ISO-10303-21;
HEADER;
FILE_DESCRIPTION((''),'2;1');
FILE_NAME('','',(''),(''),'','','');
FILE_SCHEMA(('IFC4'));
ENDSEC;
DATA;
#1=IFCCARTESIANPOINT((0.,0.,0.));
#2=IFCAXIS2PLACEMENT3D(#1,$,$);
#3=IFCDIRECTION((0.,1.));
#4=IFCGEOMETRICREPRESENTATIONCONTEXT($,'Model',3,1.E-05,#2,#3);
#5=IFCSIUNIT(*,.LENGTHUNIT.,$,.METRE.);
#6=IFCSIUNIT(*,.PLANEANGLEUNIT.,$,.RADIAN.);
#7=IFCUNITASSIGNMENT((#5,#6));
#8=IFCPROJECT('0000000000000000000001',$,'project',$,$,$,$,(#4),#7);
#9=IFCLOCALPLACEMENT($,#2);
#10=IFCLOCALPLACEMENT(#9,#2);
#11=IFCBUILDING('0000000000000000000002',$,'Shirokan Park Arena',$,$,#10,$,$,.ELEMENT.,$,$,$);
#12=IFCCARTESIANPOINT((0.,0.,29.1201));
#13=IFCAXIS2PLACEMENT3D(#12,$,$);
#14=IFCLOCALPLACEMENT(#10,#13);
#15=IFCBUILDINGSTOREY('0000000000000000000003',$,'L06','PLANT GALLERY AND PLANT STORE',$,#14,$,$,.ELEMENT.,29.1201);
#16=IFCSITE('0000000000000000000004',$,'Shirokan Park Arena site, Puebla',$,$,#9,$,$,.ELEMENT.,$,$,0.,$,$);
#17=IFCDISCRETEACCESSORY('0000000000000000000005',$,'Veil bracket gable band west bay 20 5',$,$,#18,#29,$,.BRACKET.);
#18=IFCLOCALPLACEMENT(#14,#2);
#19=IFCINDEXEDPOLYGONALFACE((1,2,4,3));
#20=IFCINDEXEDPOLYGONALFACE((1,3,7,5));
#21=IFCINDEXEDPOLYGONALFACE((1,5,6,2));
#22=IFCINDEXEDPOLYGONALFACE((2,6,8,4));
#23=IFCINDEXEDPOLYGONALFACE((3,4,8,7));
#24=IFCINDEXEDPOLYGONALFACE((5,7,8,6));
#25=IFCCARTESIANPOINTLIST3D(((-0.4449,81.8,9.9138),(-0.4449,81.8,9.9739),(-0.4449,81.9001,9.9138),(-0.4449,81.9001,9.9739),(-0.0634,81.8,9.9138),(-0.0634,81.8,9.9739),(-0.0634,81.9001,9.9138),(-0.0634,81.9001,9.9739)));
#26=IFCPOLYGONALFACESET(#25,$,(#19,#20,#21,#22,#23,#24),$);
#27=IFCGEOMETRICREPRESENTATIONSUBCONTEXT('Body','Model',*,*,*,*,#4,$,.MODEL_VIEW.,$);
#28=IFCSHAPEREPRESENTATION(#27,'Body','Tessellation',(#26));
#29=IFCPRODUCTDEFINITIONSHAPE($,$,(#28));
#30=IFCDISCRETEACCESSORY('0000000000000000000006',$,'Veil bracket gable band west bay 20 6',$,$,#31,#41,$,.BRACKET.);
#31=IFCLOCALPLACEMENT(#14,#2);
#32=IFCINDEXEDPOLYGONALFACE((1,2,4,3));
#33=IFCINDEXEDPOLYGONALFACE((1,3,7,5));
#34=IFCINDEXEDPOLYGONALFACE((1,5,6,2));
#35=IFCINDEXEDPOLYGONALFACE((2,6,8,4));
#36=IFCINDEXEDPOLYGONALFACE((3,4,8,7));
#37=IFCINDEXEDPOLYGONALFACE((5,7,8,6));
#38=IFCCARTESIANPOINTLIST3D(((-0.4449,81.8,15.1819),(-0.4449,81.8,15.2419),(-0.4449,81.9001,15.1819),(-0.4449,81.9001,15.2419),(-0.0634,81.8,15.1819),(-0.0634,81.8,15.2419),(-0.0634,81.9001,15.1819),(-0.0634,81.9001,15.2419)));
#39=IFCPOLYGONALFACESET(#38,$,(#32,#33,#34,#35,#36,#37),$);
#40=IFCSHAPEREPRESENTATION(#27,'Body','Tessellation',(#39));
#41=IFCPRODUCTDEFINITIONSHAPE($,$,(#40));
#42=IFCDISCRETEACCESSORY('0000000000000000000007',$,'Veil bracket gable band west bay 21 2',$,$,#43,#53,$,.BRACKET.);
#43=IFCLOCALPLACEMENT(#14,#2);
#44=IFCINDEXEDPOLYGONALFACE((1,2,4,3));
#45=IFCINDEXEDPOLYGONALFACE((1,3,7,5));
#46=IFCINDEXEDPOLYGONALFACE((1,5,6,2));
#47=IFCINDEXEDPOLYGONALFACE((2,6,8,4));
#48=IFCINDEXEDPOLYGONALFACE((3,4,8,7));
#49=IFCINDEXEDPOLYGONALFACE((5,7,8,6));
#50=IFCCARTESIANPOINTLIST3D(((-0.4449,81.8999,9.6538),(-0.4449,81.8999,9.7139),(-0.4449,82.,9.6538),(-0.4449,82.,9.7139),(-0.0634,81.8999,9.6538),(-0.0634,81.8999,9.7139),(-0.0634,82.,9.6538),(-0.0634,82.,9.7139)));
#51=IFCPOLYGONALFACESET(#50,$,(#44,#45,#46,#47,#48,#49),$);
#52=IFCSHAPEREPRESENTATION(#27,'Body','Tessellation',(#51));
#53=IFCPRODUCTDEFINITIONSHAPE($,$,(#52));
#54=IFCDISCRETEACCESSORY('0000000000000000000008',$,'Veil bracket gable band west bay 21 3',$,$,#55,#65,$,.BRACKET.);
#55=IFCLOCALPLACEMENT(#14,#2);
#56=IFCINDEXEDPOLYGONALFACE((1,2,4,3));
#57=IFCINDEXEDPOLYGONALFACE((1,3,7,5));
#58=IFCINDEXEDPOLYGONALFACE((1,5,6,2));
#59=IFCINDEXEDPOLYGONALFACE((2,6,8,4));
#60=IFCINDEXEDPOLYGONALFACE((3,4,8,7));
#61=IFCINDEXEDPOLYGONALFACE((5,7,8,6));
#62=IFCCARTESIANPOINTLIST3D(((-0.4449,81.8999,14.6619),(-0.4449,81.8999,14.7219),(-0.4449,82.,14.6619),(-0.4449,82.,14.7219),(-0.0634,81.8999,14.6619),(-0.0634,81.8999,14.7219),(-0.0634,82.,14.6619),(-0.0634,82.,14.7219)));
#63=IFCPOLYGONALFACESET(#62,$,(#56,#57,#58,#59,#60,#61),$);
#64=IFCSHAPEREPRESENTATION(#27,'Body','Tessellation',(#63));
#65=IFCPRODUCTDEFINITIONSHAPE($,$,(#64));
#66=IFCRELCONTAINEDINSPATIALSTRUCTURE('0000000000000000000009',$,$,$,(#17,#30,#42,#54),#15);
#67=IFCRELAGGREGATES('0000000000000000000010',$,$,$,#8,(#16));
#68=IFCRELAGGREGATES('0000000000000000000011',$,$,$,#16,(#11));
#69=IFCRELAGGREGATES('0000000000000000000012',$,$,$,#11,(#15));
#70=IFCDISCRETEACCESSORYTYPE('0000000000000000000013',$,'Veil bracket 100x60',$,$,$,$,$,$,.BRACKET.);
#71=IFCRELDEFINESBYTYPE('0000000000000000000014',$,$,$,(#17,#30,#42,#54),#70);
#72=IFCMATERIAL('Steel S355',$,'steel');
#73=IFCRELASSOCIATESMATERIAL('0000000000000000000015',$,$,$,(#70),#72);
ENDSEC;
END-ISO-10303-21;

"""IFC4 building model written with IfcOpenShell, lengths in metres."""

from ifc_helpers import new_model, si_unit, direction, frame, origin, origin_2d, place, context, subcontext, project, spatial, rectangle, extrude, material, type_object, element, save


model = new_model("IFC4")

# Units and contexts
model_context = context("Model", 3, precision=1e-05, world=origin(), true_north=direction((0.0, 1.0)))
body_context = subcontext(model_context, "Body", "Model", "MODEL_VIEW")
ifc_project = project(units=[si_unit("LENGTHUNIT", "METRE"), si_unit("PLANEANGLEUNIT", "RADIAN")], contexts=[model_context])

# Site, building, storey
site_placement = place(None, origin())
site = spatial("IfcSite", under=ifc_project, at=site_placement, Name="Shirokan Park Arena site, Puebla", CompositionType="ELEMENT", RefElevation=0.0)
building_placement = place(site_placement, origin())
building = spatial("IfcBuilding", under=site, at=building_placement, Name="Shirokan Park Arena", CompositionType="ELEMENT")
storey_placement = place(building_placement, frame((0.0, 0.0, 29.1201)))
storey = spatial("IfcBuildingStorey", under=building, at=storey_placement, Name="L06", Description="PLANT GALLERY AND PLANT STORE", CompositionType="ELEMENT", Elevation=29.1201)

# Discrete accessories
ifc_material_1 = material(Name="Steel S355", Category="steel")
discrete_accessory_type = type_object("IfcDiscreteAccessoryType", Name="Veil bracket 100x60", PredefinedType="BRACKET", material=ifc_material_1)
for number, where, z_axis, x_axis, name in (
    (1, (-0.2542, 81.8501, 9.9138), (0.0, 0.0, 1.0), (1.0, 0.0, 0.0), "Veil bracket gable band west bay 20 5"),
    (2, (-0.2542, 81.8501, 15.1819), (0.0, 0.0, 1.0), (1.0, 0.0, 0.0), "Veil bracket gable band west bay 20 6"),
    (3, (-0.2542, 81.95, 9.6538), (0.0, 0.0, 1.0), (1.0, 0.0, 0.0), "Veil bracket gable band west bay 21 2"),
    (4, (-0.2542, 81.95, 14.6619), (0.0, 0.0, 1.0), (1.0, 0.0, 0.0), "Veil bracket gable band west bay 21 3"),
):
    element("IfcDiscreteAccessory", number, at=place(storey_placement, frame(where, z_axis=z_axis, x_axis=x_axis)), inside=storey, type_object=discrete_accessory_type, Name=name, PredefinedType="BRACKET", context=body_context, shape_type="SweptSolid", body=[
        extrude(rectangle(XDim=0.3816, YDim=0.1001, at=origin_2d()), origin(), (0.0, 0.0, 1.0), 0.0601),
    ])

save(model, "model.ifc")
